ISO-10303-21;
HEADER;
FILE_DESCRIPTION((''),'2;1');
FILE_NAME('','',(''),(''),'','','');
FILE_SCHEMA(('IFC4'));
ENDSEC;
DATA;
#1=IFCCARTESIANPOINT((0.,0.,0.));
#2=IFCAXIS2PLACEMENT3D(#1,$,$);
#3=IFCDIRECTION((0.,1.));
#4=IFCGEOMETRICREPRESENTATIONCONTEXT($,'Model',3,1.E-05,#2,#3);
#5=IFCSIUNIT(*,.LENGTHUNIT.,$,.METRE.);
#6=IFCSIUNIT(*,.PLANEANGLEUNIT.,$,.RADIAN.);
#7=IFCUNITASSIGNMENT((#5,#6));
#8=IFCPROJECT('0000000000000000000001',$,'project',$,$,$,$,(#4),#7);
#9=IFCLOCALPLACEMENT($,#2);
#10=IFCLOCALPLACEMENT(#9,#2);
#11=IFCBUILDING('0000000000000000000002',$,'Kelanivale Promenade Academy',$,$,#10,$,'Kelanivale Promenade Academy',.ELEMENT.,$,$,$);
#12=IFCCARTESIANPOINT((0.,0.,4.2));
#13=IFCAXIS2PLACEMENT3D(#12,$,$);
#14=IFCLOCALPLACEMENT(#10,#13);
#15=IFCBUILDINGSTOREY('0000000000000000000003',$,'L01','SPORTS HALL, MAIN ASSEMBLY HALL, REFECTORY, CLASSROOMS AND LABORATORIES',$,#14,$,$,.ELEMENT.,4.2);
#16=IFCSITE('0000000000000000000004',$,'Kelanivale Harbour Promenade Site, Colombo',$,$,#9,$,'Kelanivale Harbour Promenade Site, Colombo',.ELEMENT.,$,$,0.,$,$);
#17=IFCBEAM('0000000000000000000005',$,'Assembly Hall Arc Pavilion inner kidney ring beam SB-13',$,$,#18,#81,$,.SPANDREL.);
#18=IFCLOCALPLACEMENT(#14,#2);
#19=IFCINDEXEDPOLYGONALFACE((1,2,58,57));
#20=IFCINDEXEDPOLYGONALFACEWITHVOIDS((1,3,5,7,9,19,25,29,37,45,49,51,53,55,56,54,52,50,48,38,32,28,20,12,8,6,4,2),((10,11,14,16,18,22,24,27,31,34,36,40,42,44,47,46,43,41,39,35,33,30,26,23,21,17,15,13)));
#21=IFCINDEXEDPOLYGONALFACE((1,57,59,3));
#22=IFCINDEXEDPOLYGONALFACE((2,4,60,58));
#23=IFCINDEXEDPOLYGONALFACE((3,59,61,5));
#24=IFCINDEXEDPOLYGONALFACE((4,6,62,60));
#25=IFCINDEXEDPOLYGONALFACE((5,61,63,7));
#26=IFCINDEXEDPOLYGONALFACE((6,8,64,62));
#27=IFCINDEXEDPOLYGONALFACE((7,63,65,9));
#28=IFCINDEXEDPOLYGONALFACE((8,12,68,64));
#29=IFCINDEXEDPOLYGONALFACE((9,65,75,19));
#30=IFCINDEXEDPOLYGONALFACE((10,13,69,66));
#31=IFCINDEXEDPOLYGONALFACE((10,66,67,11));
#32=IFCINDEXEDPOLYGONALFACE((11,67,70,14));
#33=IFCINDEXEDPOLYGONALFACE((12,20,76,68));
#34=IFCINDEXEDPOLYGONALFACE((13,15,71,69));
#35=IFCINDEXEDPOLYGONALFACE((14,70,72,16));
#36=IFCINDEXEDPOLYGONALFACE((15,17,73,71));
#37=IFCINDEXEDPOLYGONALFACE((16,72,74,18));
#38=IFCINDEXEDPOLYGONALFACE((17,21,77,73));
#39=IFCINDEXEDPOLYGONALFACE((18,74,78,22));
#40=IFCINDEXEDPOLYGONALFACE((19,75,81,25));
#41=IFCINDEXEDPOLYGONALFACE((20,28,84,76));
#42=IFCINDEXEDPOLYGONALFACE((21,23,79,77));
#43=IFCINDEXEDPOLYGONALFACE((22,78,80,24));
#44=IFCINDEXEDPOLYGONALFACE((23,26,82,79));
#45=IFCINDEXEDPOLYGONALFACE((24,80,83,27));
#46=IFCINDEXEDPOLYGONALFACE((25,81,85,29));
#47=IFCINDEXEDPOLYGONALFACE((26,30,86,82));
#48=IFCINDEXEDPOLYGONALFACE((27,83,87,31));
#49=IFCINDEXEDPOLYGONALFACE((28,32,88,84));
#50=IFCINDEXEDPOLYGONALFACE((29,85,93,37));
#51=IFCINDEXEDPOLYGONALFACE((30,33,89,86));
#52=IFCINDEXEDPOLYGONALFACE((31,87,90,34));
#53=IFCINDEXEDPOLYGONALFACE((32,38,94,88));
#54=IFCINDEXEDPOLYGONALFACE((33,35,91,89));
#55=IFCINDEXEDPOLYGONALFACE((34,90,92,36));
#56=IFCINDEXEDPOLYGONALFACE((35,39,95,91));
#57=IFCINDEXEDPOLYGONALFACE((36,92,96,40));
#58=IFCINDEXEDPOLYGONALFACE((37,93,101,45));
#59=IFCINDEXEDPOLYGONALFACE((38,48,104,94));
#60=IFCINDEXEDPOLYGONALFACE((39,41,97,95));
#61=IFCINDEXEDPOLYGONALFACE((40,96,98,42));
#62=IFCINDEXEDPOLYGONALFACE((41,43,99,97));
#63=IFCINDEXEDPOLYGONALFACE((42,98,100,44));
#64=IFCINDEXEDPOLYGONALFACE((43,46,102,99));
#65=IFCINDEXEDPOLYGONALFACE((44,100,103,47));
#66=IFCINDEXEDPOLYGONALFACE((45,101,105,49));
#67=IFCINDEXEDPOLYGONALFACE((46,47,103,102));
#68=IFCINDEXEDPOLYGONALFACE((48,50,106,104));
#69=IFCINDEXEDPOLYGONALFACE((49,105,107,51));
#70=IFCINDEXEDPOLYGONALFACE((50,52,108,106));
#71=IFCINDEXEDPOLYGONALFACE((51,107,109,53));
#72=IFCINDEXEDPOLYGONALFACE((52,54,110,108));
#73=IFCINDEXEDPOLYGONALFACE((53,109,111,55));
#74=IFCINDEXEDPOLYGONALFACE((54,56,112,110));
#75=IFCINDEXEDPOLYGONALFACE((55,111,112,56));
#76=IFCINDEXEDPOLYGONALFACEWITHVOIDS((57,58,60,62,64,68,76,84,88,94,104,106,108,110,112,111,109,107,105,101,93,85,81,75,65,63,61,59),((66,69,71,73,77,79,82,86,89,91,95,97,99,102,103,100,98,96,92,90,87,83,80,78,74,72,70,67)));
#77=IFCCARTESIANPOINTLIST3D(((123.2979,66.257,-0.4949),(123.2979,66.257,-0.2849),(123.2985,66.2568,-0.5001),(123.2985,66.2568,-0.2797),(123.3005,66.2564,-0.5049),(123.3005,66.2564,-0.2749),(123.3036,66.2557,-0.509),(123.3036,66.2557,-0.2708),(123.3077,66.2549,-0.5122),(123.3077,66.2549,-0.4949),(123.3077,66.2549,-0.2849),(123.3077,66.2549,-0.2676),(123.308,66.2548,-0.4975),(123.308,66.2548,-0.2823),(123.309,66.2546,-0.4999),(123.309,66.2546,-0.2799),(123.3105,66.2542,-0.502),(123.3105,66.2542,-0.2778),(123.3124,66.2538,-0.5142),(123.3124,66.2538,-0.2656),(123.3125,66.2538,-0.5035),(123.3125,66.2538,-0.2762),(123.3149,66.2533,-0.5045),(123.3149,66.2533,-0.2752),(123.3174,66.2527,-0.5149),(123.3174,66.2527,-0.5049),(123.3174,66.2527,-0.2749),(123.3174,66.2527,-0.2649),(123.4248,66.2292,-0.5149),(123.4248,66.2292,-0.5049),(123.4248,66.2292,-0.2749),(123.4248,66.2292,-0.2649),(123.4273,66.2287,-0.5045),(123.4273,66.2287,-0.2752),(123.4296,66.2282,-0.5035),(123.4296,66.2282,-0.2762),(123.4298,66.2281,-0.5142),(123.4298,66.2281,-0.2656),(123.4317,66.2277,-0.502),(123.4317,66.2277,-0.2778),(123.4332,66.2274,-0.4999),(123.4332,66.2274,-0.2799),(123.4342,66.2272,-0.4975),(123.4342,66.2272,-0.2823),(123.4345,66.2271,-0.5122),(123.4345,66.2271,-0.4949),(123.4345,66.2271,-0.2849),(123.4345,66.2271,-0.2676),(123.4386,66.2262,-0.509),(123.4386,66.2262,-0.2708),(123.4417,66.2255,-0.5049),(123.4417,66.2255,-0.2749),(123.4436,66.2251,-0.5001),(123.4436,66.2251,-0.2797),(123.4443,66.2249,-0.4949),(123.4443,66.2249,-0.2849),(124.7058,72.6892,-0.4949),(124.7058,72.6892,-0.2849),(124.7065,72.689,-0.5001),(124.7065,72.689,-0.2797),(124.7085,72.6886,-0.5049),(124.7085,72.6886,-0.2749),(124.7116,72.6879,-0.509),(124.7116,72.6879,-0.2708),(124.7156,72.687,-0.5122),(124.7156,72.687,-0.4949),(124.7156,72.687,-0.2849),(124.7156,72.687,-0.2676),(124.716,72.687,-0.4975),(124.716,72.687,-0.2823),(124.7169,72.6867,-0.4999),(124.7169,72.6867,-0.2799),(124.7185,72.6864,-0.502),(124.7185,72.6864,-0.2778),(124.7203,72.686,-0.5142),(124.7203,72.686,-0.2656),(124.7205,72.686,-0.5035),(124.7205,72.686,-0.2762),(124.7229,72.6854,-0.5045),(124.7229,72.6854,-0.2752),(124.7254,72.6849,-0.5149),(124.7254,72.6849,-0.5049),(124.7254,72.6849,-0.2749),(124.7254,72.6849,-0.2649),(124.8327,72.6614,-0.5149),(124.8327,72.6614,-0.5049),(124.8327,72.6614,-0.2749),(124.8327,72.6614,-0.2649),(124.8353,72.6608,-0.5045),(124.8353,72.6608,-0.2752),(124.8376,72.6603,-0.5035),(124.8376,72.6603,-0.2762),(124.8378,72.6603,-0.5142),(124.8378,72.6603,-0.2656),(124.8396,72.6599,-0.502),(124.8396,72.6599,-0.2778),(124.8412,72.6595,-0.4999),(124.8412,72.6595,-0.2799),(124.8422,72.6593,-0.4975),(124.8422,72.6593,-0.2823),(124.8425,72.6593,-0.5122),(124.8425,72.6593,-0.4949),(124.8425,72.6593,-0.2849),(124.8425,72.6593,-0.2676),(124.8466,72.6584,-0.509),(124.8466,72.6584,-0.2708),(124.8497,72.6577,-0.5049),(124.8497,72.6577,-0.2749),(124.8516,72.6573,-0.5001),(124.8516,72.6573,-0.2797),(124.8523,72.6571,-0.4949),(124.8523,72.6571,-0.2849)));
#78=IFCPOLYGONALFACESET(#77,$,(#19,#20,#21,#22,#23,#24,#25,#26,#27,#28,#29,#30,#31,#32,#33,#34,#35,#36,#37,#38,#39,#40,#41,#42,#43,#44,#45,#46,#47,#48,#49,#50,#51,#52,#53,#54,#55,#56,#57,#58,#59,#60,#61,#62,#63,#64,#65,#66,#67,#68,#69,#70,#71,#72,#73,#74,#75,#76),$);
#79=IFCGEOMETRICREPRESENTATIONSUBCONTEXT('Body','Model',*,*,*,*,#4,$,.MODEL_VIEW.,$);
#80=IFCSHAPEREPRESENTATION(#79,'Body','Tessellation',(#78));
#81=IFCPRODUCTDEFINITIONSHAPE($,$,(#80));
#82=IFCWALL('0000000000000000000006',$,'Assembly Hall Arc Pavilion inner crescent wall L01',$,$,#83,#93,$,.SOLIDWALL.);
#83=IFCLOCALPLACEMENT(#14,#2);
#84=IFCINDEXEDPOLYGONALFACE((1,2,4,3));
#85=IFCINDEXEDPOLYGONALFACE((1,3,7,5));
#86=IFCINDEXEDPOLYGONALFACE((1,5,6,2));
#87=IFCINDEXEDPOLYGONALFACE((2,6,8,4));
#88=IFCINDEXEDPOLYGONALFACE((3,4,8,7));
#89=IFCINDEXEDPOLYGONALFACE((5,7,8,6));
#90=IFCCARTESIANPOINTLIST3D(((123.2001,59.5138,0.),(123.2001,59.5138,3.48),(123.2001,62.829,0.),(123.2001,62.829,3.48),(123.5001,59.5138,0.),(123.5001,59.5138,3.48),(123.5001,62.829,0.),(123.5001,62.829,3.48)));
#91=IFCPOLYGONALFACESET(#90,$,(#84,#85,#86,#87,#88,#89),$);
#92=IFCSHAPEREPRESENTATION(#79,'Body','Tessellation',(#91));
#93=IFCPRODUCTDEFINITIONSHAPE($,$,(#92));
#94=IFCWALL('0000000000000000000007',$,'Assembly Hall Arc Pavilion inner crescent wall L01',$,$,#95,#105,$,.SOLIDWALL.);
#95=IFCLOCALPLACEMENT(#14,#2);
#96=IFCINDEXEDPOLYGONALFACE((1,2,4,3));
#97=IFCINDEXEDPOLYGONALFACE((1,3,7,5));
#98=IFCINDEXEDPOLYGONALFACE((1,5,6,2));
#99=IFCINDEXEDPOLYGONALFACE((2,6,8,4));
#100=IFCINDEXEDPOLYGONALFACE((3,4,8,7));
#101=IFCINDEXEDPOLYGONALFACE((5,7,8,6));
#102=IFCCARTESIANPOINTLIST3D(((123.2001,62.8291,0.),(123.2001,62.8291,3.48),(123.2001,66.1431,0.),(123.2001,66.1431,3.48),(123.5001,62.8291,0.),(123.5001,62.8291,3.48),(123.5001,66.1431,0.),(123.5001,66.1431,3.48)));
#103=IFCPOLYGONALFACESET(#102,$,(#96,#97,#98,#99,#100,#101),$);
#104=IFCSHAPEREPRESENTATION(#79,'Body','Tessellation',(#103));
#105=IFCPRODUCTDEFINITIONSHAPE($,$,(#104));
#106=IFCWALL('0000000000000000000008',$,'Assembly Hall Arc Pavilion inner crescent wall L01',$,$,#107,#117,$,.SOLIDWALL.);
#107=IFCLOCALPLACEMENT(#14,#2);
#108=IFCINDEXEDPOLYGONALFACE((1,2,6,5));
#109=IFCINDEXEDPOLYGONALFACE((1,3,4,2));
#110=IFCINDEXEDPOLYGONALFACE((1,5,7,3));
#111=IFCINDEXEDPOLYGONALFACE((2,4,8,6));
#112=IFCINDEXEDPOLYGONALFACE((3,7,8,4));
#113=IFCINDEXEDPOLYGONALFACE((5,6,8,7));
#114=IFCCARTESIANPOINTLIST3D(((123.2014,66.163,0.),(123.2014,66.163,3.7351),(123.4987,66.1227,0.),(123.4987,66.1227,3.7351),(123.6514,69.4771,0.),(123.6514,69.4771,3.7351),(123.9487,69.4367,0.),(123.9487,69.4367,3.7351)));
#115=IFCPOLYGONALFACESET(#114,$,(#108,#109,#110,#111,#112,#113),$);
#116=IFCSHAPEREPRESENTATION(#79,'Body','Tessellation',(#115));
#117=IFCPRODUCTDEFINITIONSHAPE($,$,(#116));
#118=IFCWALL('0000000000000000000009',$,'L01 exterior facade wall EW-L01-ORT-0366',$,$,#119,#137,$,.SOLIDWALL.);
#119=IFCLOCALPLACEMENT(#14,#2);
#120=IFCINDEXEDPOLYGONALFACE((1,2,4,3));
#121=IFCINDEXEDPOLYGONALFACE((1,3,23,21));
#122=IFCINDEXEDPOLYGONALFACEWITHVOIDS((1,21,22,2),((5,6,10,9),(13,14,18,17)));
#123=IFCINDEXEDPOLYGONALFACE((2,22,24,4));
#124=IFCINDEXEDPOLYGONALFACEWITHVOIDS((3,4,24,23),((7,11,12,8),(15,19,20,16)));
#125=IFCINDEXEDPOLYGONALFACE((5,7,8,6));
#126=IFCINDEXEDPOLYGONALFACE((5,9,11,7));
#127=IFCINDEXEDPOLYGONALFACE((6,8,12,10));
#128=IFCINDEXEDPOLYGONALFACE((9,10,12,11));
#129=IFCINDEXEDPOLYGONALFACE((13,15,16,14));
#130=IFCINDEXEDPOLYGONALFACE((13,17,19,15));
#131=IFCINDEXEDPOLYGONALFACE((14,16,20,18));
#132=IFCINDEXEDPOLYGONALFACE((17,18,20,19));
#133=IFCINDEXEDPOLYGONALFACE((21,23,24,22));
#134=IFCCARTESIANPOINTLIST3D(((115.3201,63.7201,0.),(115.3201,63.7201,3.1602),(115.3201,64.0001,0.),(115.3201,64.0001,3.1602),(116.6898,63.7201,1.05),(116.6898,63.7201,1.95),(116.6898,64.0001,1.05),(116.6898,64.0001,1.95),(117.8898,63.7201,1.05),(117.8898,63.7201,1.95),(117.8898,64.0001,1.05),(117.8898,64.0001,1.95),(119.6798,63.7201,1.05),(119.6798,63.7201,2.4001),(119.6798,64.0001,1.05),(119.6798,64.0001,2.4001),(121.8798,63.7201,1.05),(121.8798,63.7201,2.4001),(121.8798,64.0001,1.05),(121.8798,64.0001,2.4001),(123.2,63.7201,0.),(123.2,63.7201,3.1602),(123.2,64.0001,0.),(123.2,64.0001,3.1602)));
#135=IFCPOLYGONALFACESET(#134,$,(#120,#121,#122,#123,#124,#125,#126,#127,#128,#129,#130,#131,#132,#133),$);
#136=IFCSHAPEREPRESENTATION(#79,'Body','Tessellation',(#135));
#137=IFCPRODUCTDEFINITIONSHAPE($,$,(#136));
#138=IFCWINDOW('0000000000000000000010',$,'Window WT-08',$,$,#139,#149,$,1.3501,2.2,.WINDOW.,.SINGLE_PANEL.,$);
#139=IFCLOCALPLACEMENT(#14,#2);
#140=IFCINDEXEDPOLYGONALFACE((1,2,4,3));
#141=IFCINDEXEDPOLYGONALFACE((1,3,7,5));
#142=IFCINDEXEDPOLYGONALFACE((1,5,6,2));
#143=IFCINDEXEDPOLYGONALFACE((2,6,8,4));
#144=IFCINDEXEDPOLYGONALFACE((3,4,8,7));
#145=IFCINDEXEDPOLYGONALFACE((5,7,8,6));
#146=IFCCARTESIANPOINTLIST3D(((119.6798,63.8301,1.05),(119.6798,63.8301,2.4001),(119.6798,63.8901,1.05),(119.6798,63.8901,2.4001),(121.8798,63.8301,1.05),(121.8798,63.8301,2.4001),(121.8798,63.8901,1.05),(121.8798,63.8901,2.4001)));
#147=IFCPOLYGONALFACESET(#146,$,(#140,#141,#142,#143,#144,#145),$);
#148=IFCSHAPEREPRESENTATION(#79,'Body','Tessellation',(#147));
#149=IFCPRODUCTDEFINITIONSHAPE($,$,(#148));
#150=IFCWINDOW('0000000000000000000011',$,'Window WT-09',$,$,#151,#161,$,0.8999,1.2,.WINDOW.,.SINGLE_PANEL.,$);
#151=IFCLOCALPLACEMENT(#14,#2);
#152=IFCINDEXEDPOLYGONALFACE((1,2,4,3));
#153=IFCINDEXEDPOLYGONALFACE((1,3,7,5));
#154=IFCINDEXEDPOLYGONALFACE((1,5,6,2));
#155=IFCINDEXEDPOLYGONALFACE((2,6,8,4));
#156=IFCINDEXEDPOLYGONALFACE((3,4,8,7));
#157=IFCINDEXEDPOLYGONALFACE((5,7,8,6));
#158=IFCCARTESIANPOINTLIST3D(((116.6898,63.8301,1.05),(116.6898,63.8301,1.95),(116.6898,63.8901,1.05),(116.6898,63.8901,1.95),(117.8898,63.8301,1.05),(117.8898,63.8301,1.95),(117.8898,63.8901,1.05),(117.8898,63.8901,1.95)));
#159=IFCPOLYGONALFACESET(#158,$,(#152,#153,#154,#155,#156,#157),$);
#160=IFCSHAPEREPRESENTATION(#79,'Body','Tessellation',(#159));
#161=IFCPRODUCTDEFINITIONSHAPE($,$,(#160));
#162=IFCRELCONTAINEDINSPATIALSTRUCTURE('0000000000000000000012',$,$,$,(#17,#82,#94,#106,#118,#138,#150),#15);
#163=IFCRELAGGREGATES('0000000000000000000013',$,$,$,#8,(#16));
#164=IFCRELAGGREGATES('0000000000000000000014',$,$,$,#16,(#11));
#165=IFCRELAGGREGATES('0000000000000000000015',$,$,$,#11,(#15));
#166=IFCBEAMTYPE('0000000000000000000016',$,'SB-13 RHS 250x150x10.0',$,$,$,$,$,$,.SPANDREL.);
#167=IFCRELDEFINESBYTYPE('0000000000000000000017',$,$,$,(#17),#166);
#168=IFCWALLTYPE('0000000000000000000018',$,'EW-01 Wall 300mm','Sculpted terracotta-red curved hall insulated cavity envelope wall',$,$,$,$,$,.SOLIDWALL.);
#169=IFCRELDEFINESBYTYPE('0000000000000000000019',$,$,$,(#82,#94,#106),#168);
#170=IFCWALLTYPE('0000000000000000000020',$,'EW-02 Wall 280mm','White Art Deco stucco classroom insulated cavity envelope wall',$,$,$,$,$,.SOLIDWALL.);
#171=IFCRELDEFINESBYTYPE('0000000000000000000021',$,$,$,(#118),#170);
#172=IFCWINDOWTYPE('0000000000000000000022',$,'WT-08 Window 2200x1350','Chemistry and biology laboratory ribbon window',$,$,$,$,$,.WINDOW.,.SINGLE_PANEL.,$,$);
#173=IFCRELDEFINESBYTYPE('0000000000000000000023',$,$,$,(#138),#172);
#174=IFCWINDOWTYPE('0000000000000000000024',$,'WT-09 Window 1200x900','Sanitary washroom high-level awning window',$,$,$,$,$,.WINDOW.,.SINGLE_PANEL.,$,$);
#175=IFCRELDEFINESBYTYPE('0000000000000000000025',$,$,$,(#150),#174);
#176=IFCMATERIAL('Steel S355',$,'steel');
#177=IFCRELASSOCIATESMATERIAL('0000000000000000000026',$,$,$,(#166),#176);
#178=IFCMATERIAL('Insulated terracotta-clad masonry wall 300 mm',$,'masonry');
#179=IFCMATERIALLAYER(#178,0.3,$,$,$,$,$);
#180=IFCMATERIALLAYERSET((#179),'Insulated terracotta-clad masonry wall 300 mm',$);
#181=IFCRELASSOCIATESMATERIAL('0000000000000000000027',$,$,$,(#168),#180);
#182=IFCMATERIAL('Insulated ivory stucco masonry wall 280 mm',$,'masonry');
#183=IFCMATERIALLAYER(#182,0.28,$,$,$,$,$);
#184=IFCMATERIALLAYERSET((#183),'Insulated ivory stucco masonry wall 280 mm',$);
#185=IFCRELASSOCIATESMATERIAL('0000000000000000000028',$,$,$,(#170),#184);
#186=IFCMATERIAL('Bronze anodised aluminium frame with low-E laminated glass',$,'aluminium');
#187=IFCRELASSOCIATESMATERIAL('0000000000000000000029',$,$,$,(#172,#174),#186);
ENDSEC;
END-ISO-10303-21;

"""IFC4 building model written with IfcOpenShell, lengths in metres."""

from ifc_helpers import new_model, si_unit, direction, frame, frame_2d, origin, origin_2d, place, context, subcontext, project, spatial, rectangle, hollow_rectangle, extrude, material, layer, layer_set, material_profile, profile_set, type_object, element, fill, save


model = new_model("IFC4")

# Units and contexts
model_context = context("Model", 3, precision=1e-05, world=origin(), true_north=direction((0.0, 1.0)))
body_context = subcontext(model_context, "Body", "Model", "MODEL_VIEW")
ifc_project = project(units=[si_unit("LENGTHUNIT", "METRE"), si_unit("PLANEANGLEUNIT", "RADIAN")], contexts=[model_context])

# Site, building, storey
site_placement = place(None, origin())
site = spatial("IfcSite", under=ifc_project, at=site_placement, Name="Kelanivale Harbour Promenade Site, Colombo", LongName="Kelanivale Harbour Promenade Site, Colombo", CompositionType="ELEMENT", RefElevation=0.0)
building_placement = place(site_placement, origin())
building = spatial("IfcBuilding", under=site, at=building_placement, Name="Kelanivale Promenade Academy", LongName="Kelanivale Promenade Academy", CompositionType="ELEMENT")
storey_placement = place(building_placement, frame((0.0, 0.0, 4.2)))
storey = spatial("IfcBuildingStorey", under=building, at=storey_placement, Name="L01", Description="SPORTS HALL, MAIN ASSEMBLY HALL, REFECTORY, CLASSROOMS AND LABORATORIES", CompositionType="ELEMENT", Elevation=4.2)

# Shared definitions
ifc_material_1 = material(Name="Steel S355", Category="steel")

# Beam
ifc_material_profile_1 = material_profile(ifc_material_1, hollow_rectangle(XDim=0.1499, YDim=0.25, WallThickness=0.01, InnerFilletRadius=0.01, OuterFilletRadius=0.02, at=origin_2d()), Name="RHS 250x150x10.0")
ifc_profile_set_1 = profile_set([ifc_material_profile_1], Name="Steel S355")
beam_type_1 = type_object("IfcBeamType", Name="SB-13 RHS 250x150x10.0", PredefinedType="SPANDREL", material=ifc_profile_set_1)
beam_1_placement = place(storey_placement, frame((123.3711, 66.241, -0.3899), z_axis=(0.213832, 0.97687, 0.0), x_axis=(-0.97687, 0.213832, 0.0)))
element("IfcBeam", 1, at=beam_1_placement, inside=storey, type_object=beam_type_1, Name="Assembly Hall Arc Pavilion inner kidney ring beam SB-13", PredefinedType="SPANDREL", context=body_context, shape_type="SweptSolid", body=[
    extrude(hollow_rectangle(XDim=0.1499, YDim=0.25, WallThickness=0.01, InnerFilletRadius=0.01, OuterFilletRadius=0.02, at=origin_2d()), origin(), (0.0, 0.0, 1.0), 6.5845),
])

# Walls
ifc_material_2 = material(Name="Insulated terracotta-clad masonry wall 300 mm", Category="masonry")
ifc_layer_1 = layer(ifc_material_2, 0.3)
ifc_layer_set_1 = layer_set([ifc_layer_1], Name="Insulated terracotta-clad masonry wall 300 mm")
wall_type_1 = type_object("IfcWallType", Name="EW-01 Wall 300mm", Description="Sculpted terracotta-red curved hall insulated cavity envelope wall", PredefinedType="SOLIDWALL", material=ifc_layer_set_1)
wall_1_placement = place(storey_placement, frame((123.3501, 62.8291, 0.0), z_axis=(0.0, 0.0, 1.0), x_axis=(0.0, -1.0, 0.0)))
element("IfcWall", 2, at=wall_1_placement, inside=storey, type_object=wall_type_1, Name="Assembly Hall Arc Pavilion inner crescent wall L01", PredefinedType="SOLIDWALL", context=body_context, shape_type="SweptSolid", body=[
    extrude(rectangle(XDim=3.3152, YDim=0.3, at=frame_2d((1.6577, 0.0))), origin(), (0.0, 0.0, 1.0), 3.48),
])
wall_2_placement = place(storey_placement, frame((123.3501, 66.1431, 0.0), z_axis=(0.0, 0.0, 1.0), x_axis=(0.0, -1.0, 0.0)))
element("IfcWall", 3, at=wall_2_placement, inside=storey, type_object=wall_type_1, Name="Assembly Hall Arc Pavilion inner crescent wall L01", PredefinedType="SOLIDWALL", context=body_context, shape_type="SweptSolid", body=[
    extrude(rectangle(XDim=3.314, YDim=0.3, at=frame_2d((1.657, 0.0))), origin(), (0.0, 0.0, 1.0), 3.48),
])
wall_3_placement = place(storey_placement, frame((123.8, 69.457, 0.0), z_axis=(0.0, 0.0, 1.0), x_axis=(-0.13454, -0.990908, 0.0)))
element("IfcWall", 4, at=wall_3_placement, inside=storey, type_object=wall_type_1, Name="Assembly Hall Arc Pavilion inner crescent wall L01", PredefinedType="SOLIDWALL", context=body_context, shape_type="SweptSolid", body=[
    extrude(rectangle(XDim=3.3445, YDim=0.3, at=frame_2d((1.6724, 0.0))), origin(), (0.0, 0.0, 1.0), 3.7351),
])

# Wall, openings, windows
ifc_material_3 = material(Name="Insulated ivory stucco masonry wall 280 mm", Category="masonry")
ifc_layer_2 = layer(ifc_material_3, 0.28)
ifc_layer_set_2 = layer_set([ifc_layer_2], Name="Insulated ivory stucco masonry wall 280 mm")
wall_type_2 = type_object("IfcWallType", Name="EW-02 Wall 280mm", Description="White Art Deco stucco classroom insulated cavity envelope wall", PredefinedType="SOLIDWALL", material=ifc_layer_set_2)
wall_4_placement = place(storey_placement, frame((123.2, 63.8601, 0.0), z_axis=(0.0, 0.0, 1.0), x_axis=(-1.0, 0.0, 0.0)))
wall_4 = element("IfcWall", 5, at=wall_4_placement, inside=storey, type_object=wall_type_2, Name="L01 exterior facade wall EW-L01-ORT-0366", PredefinedType="SOLIDWALL", context=body_context, shape_type="SweptSolid", body=[
    extrude(rectangle(XDim=7.8799, YDim=0.28, at=frame_2d((3.9399, 0.0))), origin(), (0.0, 0.0, 1.0), 3.1602),
])
opening_1_placement = place(wall_4_placement, frame((1.3201, 0.0, 1.05)))
opening_1 = element("IfcOpeningElement", 6, at=opening_1_placement, cuts=wall_4, PredefinedType="OPENING", context=body_context, shape_type="SweptSolid", body=[
    extrude(rectangle(XDim=2.2, YDim=1.3501, at=frame_2d((1.1001, 0.675))), frame((0.0, 0.1499, 0.0), z_axis=(0.0, -1.0, 0.0), x_axis=(1.0, 0.0, 0.0)), (0.0, 0.0, 1.0), 0.3),
])
opening_2_placement = place(wall_4_placement, frame((5.3101, 0.0, 1.05)))
opening_2 = element("IfcOpeningElement", 7, at=opening_2_placement, cuts=wall_4, PredefinedType="OPENING", context=body_context, shape_type="SweptSolid", body=[
    extrude(rectangle(XDim=1.2, YDim=0.8999, at=frame_2d((0.6001, 0.45))), frame((0.0, 0.1499, 0.0), z_axis=(0.0, -1.0, 0.0), x_axis=(1.0, 0.0, 0.0)), (0.0, 0.0, 1.0), 0.3),
])
ifc_material_4 = material(Name="Bronze anodised aluminium frame with low-E laminated glass", Category="aluminium")
window_type_1 = type_object("IfcWindowType", Name="WT-08 Window 2200x1350", Description="Chemistry and biology laboratory ribbon window", PartitioningType="SINGLE_PANEL", PredefinedType="WINDOW", material=ifc_material_4)
window_1_placement = place(opening_1_placement, origin())
window_1 = element("IfcWindow", 8, at=window_1_placement, inside=storey, type_object=window_type_1, Name="Window WT-08", OverallHeight=1.3501, OverallWidth=2.2, PartitioningType="SINGLE_PANEL", PredefinedType="WINDOW", context=body_context, shape_type="SweptSolid", body=[
    extrude(rectangle(XDim=2.2, YDim=1.3501, at=frame_2d((1.1001, 0.675))), frame((0.0, 0.03, 0.0), z_axis=(0.0, -1.0, 0.0), x_axis=(1.0, 0.0, 0.0)), (0.0, 0.0, 1.0), 0.0601),
])
fill(opening_1, window_1)
window_type_2 = type_object("IfcWindowType", Name="WT-09 Window 1200x900", Description="Sanitary washroom high-level awning window", PartitioningType="SINGLE_PANEL", PredefinedType="WINDOW", material=ifc_material_4)
window_2_placement = place(opening_2_placement, origin())
window_2 = element("IfcWindow", 9, at=window_2_placement, inside=storey, type_object=window_type_2, Name="Window WT-09", OverallHeight=0.8999, OverallWidth=1.2, PartitioningType="SINGLE_PANEL", PredefinedType="WINDOW", context=body_context, shape_type="SweptSolid", body=[
    extrude(rectangle(XDim=1.2, YDim=0.8999, at=frame_2d((0.6001, 0.45))), frame((0.0, 0.03, 0.0), z_axis=(0.0, -1.0, 0.0), x_axis=(1.0, 0.0, 0.0)), (0.0, 0.0, 1.0), 0.0601),
])
fill(opening_2, window_2)

save(model, "model.ifc")
